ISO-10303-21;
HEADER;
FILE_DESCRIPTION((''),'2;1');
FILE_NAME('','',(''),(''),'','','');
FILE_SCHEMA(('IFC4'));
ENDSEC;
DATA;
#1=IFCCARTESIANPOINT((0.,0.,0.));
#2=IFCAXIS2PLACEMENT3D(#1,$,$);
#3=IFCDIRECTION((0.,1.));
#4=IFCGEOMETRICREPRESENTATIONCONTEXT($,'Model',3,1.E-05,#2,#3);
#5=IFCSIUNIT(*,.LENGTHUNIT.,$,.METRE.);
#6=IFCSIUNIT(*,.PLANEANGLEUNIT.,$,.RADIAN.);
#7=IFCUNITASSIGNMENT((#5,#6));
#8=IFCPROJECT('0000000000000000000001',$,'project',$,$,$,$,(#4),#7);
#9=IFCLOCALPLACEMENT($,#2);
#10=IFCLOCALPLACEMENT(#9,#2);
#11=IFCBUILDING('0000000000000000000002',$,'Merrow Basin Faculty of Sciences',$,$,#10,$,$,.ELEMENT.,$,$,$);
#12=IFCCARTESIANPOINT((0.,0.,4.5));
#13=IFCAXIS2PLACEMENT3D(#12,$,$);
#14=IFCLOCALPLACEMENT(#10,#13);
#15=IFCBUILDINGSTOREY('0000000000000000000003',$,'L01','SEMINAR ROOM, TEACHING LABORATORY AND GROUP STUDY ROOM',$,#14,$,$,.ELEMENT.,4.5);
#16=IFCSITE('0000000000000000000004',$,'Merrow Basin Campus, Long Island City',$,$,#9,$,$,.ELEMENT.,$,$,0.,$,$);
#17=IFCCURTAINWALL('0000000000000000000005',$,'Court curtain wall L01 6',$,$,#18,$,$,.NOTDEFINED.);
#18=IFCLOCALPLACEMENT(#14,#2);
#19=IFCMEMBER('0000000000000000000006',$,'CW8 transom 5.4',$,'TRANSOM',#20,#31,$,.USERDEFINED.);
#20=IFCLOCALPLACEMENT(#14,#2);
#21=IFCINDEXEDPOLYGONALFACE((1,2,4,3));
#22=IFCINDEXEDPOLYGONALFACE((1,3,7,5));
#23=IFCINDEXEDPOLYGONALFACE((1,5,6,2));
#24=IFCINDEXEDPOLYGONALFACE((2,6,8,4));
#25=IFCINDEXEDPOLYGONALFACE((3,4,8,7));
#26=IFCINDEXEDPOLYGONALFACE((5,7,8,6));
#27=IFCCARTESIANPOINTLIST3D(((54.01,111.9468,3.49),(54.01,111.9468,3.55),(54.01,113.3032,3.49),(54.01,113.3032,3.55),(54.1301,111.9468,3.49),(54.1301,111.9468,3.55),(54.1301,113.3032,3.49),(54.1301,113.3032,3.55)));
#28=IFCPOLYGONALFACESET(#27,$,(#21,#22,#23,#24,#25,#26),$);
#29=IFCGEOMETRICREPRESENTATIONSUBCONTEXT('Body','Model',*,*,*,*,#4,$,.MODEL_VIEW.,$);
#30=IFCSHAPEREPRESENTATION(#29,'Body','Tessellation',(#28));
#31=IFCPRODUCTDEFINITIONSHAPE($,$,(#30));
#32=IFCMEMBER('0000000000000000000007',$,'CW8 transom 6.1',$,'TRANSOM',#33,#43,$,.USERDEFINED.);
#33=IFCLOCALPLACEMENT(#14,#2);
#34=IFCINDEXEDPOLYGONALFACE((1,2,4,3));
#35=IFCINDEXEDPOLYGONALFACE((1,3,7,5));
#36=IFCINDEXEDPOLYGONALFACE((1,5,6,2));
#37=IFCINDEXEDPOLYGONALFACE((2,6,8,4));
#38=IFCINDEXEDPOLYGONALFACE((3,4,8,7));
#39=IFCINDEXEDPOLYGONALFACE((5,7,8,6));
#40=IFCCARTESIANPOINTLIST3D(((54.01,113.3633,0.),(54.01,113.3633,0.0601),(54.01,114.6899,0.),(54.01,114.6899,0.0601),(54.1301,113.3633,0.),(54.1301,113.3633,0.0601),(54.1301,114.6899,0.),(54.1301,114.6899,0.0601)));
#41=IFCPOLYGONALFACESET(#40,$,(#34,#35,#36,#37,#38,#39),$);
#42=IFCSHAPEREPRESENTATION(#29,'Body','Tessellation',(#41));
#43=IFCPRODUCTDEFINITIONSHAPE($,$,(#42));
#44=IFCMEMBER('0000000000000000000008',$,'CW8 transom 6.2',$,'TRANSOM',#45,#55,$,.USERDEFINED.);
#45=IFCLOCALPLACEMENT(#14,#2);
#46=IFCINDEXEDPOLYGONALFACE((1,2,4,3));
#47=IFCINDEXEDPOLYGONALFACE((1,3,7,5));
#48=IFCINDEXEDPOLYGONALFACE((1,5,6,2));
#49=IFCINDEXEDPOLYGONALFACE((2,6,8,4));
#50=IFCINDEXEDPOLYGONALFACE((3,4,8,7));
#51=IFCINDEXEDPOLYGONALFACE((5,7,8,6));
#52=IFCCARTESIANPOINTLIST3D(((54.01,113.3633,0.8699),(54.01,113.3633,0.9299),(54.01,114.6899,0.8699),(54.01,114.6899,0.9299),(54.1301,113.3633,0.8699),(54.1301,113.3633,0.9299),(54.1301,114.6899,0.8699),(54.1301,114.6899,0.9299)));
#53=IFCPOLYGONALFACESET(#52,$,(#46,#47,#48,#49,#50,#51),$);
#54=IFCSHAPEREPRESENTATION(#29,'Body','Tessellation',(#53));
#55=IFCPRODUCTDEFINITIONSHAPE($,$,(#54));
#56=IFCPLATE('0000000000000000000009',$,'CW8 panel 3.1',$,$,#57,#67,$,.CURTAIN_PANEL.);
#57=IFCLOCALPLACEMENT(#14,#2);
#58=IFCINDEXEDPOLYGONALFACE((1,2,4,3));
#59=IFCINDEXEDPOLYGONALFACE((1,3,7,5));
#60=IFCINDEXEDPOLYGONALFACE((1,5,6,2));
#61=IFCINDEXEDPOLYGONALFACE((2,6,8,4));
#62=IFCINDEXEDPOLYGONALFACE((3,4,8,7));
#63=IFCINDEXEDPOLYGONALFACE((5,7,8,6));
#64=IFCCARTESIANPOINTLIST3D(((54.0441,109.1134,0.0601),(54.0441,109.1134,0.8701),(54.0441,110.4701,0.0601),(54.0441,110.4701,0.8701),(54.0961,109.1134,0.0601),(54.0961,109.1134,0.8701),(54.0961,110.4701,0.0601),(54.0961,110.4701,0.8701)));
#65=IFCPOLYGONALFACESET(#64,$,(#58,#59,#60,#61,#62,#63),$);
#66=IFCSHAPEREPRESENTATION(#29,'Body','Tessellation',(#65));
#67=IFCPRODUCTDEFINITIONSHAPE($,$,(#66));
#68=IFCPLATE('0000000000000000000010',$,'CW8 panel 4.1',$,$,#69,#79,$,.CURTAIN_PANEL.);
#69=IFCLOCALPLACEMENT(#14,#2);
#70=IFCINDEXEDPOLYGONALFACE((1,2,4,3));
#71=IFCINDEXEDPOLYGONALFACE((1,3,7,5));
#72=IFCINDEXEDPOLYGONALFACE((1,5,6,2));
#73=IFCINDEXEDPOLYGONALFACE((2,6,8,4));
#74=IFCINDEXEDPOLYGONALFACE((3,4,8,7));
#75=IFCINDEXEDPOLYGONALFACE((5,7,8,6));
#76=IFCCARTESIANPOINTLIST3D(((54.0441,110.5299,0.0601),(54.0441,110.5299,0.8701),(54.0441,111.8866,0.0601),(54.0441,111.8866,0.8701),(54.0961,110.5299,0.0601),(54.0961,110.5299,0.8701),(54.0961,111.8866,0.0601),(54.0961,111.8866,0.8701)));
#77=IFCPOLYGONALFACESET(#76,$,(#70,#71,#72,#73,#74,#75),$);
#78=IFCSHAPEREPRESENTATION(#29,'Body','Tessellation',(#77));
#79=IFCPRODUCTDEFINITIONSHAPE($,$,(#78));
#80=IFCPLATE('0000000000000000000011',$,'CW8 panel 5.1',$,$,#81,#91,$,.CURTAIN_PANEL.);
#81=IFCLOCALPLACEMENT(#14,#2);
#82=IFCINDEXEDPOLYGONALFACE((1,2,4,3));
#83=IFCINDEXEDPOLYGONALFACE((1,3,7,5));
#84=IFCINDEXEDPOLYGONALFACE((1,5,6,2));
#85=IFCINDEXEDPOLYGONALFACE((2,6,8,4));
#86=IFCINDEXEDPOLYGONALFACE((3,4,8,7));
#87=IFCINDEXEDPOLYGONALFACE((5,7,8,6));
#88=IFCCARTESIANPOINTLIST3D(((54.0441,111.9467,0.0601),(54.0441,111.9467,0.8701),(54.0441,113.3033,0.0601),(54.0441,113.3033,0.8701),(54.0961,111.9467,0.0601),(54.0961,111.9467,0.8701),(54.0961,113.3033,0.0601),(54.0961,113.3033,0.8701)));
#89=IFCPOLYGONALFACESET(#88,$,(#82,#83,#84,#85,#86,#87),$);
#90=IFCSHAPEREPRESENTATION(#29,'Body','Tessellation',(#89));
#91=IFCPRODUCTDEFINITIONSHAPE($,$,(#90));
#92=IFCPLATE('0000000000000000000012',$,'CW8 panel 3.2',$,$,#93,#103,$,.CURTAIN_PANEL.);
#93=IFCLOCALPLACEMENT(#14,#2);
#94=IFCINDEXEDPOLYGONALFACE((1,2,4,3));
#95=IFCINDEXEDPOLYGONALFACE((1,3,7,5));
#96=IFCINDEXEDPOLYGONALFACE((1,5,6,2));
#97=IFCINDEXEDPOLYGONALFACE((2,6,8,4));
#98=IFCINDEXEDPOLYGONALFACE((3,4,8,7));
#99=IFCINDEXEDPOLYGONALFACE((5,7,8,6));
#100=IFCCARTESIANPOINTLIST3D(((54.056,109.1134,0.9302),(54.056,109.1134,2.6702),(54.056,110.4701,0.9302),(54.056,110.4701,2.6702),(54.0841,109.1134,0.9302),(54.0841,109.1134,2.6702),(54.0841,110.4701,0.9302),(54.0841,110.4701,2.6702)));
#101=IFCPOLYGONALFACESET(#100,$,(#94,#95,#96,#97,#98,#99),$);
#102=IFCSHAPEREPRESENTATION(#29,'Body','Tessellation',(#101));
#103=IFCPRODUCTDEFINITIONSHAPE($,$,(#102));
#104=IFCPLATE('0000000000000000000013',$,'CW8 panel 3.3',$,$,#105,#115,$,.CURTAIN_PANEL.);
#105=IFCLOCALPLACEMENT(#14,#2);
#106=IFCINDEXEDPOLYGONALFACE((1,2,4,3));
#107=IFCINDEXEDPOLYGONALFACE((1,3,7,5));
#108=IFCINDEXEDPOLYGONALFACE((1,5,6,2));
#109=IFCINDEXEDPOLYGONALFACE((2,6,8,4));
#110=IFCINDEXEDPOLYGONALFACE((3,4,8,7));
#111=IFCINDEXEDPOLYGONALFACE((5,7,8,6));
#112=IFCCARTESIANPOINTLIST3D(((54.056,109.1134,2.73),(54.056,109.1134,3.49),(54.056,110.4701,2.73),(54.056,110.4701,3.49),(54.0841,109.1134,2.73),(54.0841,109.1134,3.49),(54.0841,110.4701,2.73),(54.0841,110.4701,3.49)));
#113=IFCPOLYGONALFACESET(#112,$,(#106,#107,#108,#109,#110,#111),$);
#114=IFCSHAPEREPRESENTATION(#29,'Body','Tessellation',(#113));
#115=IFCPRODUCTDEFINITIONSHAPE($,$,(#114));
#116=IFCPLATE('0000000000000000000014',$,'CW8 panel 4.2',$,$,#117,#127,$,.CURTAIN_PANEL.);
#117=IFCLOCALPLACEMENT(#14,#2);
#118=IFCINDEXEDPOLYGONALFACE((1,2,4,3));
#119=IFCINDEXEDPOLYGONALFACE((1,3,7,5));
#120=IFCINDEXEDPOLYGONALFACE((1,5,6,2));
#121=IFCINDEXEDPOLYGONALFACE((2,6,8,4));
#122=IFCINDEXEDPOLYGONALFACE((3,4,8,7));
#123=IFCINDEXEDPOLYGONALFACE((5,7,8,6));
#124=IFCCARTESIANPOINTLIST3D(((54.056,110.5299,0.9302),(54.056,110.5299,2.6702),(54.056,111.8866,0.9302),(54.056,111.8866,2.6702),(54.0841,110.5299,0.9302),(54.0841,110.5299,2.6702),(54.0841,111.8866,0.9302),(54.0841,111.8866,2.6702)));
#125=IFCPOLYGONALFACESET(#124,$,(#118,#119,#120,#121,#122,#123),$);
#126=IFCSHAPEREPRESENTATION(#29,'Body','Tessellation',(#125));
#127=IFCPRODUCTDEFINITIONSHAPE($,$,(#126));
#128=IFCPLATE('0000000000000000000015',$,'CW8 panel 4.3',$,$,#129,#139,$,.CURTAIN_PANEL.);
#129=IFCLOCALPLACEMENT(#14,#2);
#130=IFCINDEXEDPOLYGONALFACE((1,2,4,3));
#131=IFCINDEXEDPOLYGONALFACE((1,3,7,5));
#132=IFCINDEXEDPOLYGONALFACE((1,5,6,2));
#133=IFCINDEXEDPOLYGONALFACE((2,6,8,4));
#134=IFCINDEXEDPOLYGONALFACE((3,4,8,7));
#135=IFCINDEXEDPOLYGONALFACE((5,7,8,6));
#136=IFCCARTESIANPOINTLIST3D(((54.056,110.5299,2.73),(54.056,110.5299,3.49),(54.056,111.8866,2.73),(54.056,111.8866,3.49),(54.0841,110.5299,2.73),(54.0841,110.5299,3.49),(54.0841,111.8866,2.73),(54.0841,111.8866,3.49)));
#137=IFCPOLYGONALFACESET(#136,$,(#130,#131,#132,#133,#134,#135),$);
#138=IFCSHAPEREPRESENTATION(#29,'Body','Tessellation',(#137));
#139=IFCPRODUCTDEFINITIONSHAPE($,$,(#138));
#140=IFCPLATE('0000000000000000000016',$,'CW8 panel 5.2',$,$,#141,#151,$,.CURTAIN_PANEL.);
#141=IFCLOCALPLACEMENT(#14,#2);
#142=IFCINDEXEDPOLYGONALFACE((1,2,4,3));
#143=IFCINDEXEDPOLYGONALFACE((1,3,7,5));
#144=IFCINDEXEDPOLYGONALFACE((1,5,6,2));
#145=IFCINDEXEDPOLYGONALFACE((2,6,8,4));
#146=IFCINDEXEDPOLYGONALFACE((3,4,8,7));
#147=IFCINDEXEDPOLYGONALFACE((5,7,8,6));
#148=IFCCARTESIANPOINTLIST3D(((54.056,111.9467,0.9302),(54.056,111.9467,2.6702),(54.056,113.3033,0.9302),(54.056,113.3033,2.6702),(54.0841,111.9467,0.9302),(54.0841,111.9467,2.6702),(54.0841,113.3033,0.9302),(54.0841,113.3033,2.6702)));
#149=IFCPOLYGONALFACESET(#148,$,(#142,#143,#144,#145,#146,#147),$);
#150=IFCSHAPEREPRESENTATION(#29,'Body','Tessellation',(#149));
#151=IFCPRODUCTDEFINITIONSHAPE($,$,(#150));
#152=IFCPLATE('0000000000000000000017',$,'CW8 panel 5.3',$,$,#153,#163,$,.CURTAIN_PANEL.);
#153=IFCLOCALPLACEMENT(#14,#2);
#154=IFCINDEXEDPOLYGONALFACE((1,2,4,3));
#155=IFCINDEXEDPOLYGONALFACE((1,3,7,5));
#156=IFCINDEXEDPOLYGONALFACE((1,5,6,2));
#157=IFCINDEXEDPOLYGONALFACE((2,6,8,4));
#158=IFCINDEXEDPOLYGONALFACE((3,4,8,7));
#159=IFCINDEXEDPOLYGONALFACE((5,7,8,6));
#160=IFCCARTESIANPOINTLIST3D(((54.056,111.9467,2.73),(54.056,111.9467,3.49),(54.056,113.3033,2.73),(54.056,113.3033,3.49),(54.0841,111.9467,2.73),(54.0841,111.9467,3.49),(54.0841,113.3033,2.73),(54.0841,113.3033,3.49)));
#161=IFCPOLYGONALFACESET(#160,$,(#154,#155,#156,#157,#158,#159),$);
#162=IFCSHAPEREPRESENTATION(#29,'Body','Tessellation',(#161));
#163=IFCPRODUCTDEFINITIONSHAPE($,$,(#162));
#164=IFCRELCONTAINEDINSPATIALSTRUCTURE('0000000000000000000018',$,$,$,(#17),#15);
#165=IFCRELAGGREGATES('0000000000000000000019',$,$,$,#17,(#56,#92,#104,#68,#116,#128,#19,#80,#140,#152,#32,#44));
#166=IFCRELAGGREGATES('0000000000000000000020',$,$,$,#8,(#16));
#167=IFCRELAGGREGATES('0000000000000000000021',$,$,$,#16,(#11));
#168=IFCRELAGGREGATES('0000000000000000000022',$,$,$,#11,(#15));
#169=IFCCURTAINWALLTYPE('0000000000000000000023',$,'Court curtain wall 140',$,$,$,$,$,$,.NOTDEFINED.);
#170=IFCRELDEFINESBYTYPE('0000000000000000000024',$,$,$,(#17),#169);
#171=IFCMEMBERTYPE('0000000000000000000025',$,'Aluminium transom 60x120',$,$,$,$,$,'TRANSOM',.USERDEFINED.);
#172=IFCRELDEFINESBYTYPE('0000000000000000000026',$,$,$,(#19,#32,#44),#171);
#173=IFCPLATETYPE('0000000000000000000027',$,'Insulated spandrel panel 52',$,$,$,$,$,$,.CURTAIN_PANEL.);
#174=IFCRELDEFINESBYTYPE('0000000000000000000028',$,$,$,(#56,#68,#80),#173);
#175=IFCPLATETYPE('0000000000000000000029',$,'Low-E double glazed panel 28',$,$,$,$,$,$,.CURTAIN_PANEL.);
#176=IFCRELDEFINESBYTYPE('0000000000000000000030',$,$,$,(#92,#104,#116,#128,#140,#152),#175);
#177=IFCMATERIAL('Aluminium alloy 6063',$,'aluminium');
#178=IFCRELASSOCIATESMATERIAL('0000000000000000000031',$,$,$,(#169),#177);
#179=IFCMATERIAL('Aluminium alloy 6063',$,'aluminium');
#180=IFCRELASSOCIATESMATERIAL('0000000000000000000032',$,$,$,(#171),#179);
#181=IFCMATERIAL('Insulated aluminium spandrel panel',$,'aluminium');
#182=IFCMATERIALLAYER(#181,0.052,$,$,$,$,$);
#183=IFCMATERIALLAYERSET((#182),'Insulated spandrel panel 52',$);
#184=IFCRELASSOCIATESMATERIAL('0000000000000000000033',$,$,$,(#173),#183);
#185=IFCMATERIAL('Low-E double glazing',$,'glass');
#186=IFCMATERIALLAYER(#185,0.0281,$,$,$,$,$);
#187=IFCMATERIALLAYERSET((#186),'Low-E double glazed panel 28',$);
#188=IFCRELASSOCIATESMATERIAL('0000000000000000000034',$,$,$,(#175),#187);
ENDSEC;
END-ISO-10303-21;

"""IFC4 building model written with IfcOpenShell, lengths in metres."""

from ifc_helpers import new_model, si_unit, direction, frame, origin, origin_2d, place, context, subcontext, project, spatial, rectangle, extrude, material, layer, layer_set, material_profile, profile_set, type_object, element, aggregate, save


model = new_model("IFC4")

# Units and contexts
model_context = context("Model", 3, precision=1e-05, world=origin(), true_north=direction((0.0, 1.0)))
body_context = subcontext(model_context, "Body", "Model", "MODEL_VIEW")
ifc_project = project(units=[si_unit("LENGTHUNIT", "METRE"), si_unit("PLANEANGLEUNIT", "RADIAN")], contexts=[model_context])

# Site, building, storey
site_placement = place(None, origin())
site = spatial("IfcSite", under=ifc_project, at=site_placement, Name="Merrow Basin Campus, Long Island City", CompositionType="ELEMENT", RefElevation=0.0)
building_placement = place(site_placement, origin())
building = spatial("IfcBuilding", under=site, at=building_placement, Name="Merrow Basin Faculty of Sciences", CompositionType="ELEMENT")
storey_placement = place(building_placement, frame((0.0, 0.0, 4.5)))
storey = spatial("IfcBuildingStorey", under=building, at=storey_placement, Name="L01", Description="SEMINAR ROOM, TEACHING LABORATORY AND GROUP STUDY ROOM", CompositionType="ELEMENT", Elevation=4.5)

# Curtain wall, members, plates
ifc_material_1 = material(Name="Aluminium alloy 6063", Category="aluminium")
curtain_wall_type = type_object("IfcCurtainWallType", Name="Court curtain wall 140", PredefinedType="NOTDEFINED", material=ifc_material_1)
curtain_wall_placement = place(storey_placement, origin())
curtain_wall = element("IfcCurtainWall", 1, at=curtain_wall_placement, inside=storey, type_object=curtain_wall_type, Name="Court curtain wall L01 6", PredefinedType="NOTDEFINED")
ifc_material_2 = material(Name="Aluminium alloy 6063", Category="aluminium")
ifc_material_profile_1 = material_profile(ifc_material_2, rectangle(XDim=0.1201, YDim=0.0601, at=origin_2d()))
ifc_profile_set_1 = profile_set([ifc_material_profile_1], Name="Aluminium alloy 6063")
member_type_1 = type_object("IfcMemberType", Name="Aluminium transom 60x120", ElementType="TRANSOM", PredefinedType="USERDEFINED", material=ifc_profile_set_1)
member_1_placement = place(storey_placement, frame((54.0701, 111.9468, 3.52), z_axis=(0.0, 1.0, 0.0), x_axis=(-1.0, 0.0, 0.0)))
member_1 = element("IfcMember", 2, at=member_1_placement, type_object=member_type_1, Name="CW8 transom 5.4", ObjectType="TRANSOM", PredefinedType="USERDEFINED", context=body_context, shape_type="SweptSolid", body=[
    extrude(rectangle(XDim=0.1201, YDim=0.0601, at=origin_2d()), origin(), (0.0, 0.0, 1.0), 1.3564),
])
member_2_placement = place(storey_placement, frame((54.0701, 113.3633, 0.03), z_axis=(0.0, 1.0, 0.0), x_axis=(-1.0, 0.0, 0.0)))
member_2 = element("IfcMember", 3, at=member_2_placement, type_object=member_type_1, Name="CW8 transom 6.1", ObjectType="TRANSOM", PredefinedType="USERDEFINED", context=body_context, shape_type="SweptSolid", body=[
    extrude(rectangle(XDim=0.1201, YDim=0.0601, at=origin_2d()), origin(), (0.0, 0.0, 1.0), 1.3267),
])
member_3_placement = place(storey_placement, frame((54.0701, 113.3633, 0.8999), z_axis=(0.0, 1.0, 0.0), x_axis=(-1.0, 0.0, 0.0)))
member_3 = element("IfcMember", 4, at=member_3_placement, type_object=member_type_1, Name="CW8 transom 6.2", ObjectType="TRANSOM", PredefinedType="USERDEFINED", context=body_context, shape_type="SweptSolid", body=[
    extrude(rectangle(XDim=0.1201, YDim=0.0601, at=origin_2d()), origin(), (0.0, 0.0, 1.0), 1.3267),
])
ifc_material_3 = material(Name="Insulated aluminium spandrel panel", Category="aluminium")
ifc_layer_1 = layer(ifc_material_3, 0.052)
ifc_layer_set_1 = layer_set([ifc_layer_1], Name="Insulated spandrel panel 52")
plate_type_1 = type_object("IfcPlateType", Name="Insulated spandrel panel 52", PredefinedType="CURTAIN_PANEL", material=ifc_layer_set_1)
plate_1_placement = place(storey_placement, frame((54.0701, 109.7917, 0.0601), z_axis=(0.0, 0.0, 1.0), x_axis=(0.0, 1.0, 0.0)))
plate_1 = element("IfcPlate", 5, at=plate_1_placement, type_object=plate_type_1, Name="CW8 panel 3.1", PredefinedType="CURTAIN_PANEL", context=body_context, shape_type="SweptSolid", body=[
    extrude(rectangle(XDim=1.3567, YDim=0.052, at=origin_2d()), origin(), (0.0, 0.0, 1.0), 0.8101),
])
plate_2_placement = place(storey_placement, frame((54.0701, 111.2083, 0.0601), z_axis=(0.0, 0.0, 1.0), x_axis=(0.0, 1.0, 0.0)))
plate_2 = element("IfcPlate", 6, at=plate_2_placement, type_object=plate_type_1, Name="CW8 panel 4.1", PredefinedType="CURTAIN_PANEL", context=body_context, shape_type="SweptSolid", body=[
    extrude(rectangle(XDim=1.3567, YDim=0.052, at=origin_2d()), origin(), (0.0, 0.0, 1.0), 0.8101),
])
plate_3_placement = place(storey_placement, frame((54.0701, 112.625, 0.0601), z_axis=(0.0, 0.0, 1.0), x_axis=(0.0, 1.0, 0.0)))
plate_3 = element("IfcPlate", 7, at=plate_3_placement, type_object=plate_type_1, Name="CW8 panel 5.1", PredefinedType="CURTAIN_PANEL", context=body_context, shape_type="SweptSolid", body=[
    extrude(rectangle(XDim=1.3567, YDim=0.052, at=origin_2d()), origin(), (0.0, 0.0, 1.0), 0.8101),
])
ifc_material_4 = material(Name="Low-E double glazing", Category="glass")
ifc_layer_2 = layer(ifc_material_4, 0.0281)
ifc_layer_set_2 = layer_set([ifc_layer_2], Name="Low-E double glazed panel 28")
plate_type_2 = type_object("IfcPlateType", Name="Low-E double glazed panel 28", PredefinedType="CURTAIN_PANEL", material=ifc_layer_set_2)
plate_4_placement = place(storey_placement, frame((54.0701, 109.7917, 0.9302), z_axis=(0.0, 0.0, 1.0), x_axis=(0.0, 1.0, 0.0)))
plate_4 = element("IfcPlate", 8, at=plate_4_placement, type_object=plate_type_2, Name="CW8 panel 3.2", PredefinedType="CURTAIN_PANEL", context=body_context, shape_type="SweptSolid", body=[
    extrude(rectangle(XDim=1.3567, YDim=0.0281, at=origin_2d()), origin(), (0.0, 0.0, 1.0), 1.74),
])
plate_5_placement = place(storey_placement, frame((54.0701, 109.7917, 2.73), z_axis=(0.0, 0.0, 1.0), x_axis=(0.0, 1.0, 0.0)))
plate_5 = element("IfcPlate", 9, at=plate_5_placement, type_object=plate_type_2, Name="CW8 panel 3.3", PredefinedType="CURTAIN_PANEL", context=body_context, shape_type="SweptSolid", body=[
    extrude(rectangle(XDim=1.3567, YDim=0.0281, at=origin_2d()), origin(), (0.0, 0.0, 1.0), 0.76),
])
plate_6_placement = place(storey_placement, frame((54.0701, 111.2083, 0.9302), z_axis=(0.0, 0.0, 1.0), x_axis=(0.0, 1.0, 0.0)))
plate_6 = element("IfcPlate", 10, at=plate_6_placement, type_object=plate_type_2, Name="CW8 panel 4.2", PredefinedType="CURTAIN_PANEL", context=body_context, shape_type="SweptSolid", body=[
    extrude(rectangle(XDim=1.3567, YDim=0.0281, at=origin_2d()), origin(), (0.0, 0.0, 1.0), 1.74),
])
plate_7_placement = place(storey_placement, frame((54.0701, 111.2083, 2.73), z_axis=(0.0, 0.0, 1.0), x_axis=(0.0, 1.0, 0.0)))
plate_7 = element("IfcPlate", 11, at=plate_7_placement, type_object=plate_type_2, Name="CW8 panel 4.3", PredefinedType="CURTAIN_PANEL", context=body_context, shape_type="SweptSolid", body=[
    extrude(rectangle(XDim=1.3567, YDim=0.0281, at=origin_2d()), origin(), (0.0, 0.0, 1.0), 0.76),
])
plate_8_placement = place(storey_placement, frame((54.0701, 112.625, 0.9302), z_axis=(0.0, 0.0, 1.0), x_axis=(0.0, 1.0, 0.0)))
plate_8 = element("IfcPlate", 12, at=plate_8_placement, type_object=plate_type_2, Name="CW8 panel 5.2", PredefinedType="CURTAIN_PANEL", context=body_context, shape_type="SweptSolid", body=[
    extrude(rectangle(XDim=1.3567, YDim=0.0281, at=origin_2d()), origin(), (0.0, 0.0, 1.0), 1.74),
])
plate_9_placement = place(storey_placement, frame((54.0701, 112.625, 2.73), z_axis=(0.0, 0.0, 1.0), x_axis=(0.0, 1.0, 0.0)))
plate_9 = element("IfcPlate", 13, at=plate_9_placement, type_object=plate_type_2, Name="CW8 panel 5.3", PredefinedType="CURTAIN_PANEL", context=body_context, shape_type="SweptSolid", body=[
    extrude(rectangle(XDim=1.3567, YDim=0.0281, at=origin_2d()), origin(), (0.0, 0.0, 1.0), 0.76),
])
aggregate(curtain_wall, [plate_1, plate_4, plate_5, plate_2, plate_6, plate_7, member_1, plate_3, plate_8, plate_9, member_2, member_3])

save(model, "model.ifc")
